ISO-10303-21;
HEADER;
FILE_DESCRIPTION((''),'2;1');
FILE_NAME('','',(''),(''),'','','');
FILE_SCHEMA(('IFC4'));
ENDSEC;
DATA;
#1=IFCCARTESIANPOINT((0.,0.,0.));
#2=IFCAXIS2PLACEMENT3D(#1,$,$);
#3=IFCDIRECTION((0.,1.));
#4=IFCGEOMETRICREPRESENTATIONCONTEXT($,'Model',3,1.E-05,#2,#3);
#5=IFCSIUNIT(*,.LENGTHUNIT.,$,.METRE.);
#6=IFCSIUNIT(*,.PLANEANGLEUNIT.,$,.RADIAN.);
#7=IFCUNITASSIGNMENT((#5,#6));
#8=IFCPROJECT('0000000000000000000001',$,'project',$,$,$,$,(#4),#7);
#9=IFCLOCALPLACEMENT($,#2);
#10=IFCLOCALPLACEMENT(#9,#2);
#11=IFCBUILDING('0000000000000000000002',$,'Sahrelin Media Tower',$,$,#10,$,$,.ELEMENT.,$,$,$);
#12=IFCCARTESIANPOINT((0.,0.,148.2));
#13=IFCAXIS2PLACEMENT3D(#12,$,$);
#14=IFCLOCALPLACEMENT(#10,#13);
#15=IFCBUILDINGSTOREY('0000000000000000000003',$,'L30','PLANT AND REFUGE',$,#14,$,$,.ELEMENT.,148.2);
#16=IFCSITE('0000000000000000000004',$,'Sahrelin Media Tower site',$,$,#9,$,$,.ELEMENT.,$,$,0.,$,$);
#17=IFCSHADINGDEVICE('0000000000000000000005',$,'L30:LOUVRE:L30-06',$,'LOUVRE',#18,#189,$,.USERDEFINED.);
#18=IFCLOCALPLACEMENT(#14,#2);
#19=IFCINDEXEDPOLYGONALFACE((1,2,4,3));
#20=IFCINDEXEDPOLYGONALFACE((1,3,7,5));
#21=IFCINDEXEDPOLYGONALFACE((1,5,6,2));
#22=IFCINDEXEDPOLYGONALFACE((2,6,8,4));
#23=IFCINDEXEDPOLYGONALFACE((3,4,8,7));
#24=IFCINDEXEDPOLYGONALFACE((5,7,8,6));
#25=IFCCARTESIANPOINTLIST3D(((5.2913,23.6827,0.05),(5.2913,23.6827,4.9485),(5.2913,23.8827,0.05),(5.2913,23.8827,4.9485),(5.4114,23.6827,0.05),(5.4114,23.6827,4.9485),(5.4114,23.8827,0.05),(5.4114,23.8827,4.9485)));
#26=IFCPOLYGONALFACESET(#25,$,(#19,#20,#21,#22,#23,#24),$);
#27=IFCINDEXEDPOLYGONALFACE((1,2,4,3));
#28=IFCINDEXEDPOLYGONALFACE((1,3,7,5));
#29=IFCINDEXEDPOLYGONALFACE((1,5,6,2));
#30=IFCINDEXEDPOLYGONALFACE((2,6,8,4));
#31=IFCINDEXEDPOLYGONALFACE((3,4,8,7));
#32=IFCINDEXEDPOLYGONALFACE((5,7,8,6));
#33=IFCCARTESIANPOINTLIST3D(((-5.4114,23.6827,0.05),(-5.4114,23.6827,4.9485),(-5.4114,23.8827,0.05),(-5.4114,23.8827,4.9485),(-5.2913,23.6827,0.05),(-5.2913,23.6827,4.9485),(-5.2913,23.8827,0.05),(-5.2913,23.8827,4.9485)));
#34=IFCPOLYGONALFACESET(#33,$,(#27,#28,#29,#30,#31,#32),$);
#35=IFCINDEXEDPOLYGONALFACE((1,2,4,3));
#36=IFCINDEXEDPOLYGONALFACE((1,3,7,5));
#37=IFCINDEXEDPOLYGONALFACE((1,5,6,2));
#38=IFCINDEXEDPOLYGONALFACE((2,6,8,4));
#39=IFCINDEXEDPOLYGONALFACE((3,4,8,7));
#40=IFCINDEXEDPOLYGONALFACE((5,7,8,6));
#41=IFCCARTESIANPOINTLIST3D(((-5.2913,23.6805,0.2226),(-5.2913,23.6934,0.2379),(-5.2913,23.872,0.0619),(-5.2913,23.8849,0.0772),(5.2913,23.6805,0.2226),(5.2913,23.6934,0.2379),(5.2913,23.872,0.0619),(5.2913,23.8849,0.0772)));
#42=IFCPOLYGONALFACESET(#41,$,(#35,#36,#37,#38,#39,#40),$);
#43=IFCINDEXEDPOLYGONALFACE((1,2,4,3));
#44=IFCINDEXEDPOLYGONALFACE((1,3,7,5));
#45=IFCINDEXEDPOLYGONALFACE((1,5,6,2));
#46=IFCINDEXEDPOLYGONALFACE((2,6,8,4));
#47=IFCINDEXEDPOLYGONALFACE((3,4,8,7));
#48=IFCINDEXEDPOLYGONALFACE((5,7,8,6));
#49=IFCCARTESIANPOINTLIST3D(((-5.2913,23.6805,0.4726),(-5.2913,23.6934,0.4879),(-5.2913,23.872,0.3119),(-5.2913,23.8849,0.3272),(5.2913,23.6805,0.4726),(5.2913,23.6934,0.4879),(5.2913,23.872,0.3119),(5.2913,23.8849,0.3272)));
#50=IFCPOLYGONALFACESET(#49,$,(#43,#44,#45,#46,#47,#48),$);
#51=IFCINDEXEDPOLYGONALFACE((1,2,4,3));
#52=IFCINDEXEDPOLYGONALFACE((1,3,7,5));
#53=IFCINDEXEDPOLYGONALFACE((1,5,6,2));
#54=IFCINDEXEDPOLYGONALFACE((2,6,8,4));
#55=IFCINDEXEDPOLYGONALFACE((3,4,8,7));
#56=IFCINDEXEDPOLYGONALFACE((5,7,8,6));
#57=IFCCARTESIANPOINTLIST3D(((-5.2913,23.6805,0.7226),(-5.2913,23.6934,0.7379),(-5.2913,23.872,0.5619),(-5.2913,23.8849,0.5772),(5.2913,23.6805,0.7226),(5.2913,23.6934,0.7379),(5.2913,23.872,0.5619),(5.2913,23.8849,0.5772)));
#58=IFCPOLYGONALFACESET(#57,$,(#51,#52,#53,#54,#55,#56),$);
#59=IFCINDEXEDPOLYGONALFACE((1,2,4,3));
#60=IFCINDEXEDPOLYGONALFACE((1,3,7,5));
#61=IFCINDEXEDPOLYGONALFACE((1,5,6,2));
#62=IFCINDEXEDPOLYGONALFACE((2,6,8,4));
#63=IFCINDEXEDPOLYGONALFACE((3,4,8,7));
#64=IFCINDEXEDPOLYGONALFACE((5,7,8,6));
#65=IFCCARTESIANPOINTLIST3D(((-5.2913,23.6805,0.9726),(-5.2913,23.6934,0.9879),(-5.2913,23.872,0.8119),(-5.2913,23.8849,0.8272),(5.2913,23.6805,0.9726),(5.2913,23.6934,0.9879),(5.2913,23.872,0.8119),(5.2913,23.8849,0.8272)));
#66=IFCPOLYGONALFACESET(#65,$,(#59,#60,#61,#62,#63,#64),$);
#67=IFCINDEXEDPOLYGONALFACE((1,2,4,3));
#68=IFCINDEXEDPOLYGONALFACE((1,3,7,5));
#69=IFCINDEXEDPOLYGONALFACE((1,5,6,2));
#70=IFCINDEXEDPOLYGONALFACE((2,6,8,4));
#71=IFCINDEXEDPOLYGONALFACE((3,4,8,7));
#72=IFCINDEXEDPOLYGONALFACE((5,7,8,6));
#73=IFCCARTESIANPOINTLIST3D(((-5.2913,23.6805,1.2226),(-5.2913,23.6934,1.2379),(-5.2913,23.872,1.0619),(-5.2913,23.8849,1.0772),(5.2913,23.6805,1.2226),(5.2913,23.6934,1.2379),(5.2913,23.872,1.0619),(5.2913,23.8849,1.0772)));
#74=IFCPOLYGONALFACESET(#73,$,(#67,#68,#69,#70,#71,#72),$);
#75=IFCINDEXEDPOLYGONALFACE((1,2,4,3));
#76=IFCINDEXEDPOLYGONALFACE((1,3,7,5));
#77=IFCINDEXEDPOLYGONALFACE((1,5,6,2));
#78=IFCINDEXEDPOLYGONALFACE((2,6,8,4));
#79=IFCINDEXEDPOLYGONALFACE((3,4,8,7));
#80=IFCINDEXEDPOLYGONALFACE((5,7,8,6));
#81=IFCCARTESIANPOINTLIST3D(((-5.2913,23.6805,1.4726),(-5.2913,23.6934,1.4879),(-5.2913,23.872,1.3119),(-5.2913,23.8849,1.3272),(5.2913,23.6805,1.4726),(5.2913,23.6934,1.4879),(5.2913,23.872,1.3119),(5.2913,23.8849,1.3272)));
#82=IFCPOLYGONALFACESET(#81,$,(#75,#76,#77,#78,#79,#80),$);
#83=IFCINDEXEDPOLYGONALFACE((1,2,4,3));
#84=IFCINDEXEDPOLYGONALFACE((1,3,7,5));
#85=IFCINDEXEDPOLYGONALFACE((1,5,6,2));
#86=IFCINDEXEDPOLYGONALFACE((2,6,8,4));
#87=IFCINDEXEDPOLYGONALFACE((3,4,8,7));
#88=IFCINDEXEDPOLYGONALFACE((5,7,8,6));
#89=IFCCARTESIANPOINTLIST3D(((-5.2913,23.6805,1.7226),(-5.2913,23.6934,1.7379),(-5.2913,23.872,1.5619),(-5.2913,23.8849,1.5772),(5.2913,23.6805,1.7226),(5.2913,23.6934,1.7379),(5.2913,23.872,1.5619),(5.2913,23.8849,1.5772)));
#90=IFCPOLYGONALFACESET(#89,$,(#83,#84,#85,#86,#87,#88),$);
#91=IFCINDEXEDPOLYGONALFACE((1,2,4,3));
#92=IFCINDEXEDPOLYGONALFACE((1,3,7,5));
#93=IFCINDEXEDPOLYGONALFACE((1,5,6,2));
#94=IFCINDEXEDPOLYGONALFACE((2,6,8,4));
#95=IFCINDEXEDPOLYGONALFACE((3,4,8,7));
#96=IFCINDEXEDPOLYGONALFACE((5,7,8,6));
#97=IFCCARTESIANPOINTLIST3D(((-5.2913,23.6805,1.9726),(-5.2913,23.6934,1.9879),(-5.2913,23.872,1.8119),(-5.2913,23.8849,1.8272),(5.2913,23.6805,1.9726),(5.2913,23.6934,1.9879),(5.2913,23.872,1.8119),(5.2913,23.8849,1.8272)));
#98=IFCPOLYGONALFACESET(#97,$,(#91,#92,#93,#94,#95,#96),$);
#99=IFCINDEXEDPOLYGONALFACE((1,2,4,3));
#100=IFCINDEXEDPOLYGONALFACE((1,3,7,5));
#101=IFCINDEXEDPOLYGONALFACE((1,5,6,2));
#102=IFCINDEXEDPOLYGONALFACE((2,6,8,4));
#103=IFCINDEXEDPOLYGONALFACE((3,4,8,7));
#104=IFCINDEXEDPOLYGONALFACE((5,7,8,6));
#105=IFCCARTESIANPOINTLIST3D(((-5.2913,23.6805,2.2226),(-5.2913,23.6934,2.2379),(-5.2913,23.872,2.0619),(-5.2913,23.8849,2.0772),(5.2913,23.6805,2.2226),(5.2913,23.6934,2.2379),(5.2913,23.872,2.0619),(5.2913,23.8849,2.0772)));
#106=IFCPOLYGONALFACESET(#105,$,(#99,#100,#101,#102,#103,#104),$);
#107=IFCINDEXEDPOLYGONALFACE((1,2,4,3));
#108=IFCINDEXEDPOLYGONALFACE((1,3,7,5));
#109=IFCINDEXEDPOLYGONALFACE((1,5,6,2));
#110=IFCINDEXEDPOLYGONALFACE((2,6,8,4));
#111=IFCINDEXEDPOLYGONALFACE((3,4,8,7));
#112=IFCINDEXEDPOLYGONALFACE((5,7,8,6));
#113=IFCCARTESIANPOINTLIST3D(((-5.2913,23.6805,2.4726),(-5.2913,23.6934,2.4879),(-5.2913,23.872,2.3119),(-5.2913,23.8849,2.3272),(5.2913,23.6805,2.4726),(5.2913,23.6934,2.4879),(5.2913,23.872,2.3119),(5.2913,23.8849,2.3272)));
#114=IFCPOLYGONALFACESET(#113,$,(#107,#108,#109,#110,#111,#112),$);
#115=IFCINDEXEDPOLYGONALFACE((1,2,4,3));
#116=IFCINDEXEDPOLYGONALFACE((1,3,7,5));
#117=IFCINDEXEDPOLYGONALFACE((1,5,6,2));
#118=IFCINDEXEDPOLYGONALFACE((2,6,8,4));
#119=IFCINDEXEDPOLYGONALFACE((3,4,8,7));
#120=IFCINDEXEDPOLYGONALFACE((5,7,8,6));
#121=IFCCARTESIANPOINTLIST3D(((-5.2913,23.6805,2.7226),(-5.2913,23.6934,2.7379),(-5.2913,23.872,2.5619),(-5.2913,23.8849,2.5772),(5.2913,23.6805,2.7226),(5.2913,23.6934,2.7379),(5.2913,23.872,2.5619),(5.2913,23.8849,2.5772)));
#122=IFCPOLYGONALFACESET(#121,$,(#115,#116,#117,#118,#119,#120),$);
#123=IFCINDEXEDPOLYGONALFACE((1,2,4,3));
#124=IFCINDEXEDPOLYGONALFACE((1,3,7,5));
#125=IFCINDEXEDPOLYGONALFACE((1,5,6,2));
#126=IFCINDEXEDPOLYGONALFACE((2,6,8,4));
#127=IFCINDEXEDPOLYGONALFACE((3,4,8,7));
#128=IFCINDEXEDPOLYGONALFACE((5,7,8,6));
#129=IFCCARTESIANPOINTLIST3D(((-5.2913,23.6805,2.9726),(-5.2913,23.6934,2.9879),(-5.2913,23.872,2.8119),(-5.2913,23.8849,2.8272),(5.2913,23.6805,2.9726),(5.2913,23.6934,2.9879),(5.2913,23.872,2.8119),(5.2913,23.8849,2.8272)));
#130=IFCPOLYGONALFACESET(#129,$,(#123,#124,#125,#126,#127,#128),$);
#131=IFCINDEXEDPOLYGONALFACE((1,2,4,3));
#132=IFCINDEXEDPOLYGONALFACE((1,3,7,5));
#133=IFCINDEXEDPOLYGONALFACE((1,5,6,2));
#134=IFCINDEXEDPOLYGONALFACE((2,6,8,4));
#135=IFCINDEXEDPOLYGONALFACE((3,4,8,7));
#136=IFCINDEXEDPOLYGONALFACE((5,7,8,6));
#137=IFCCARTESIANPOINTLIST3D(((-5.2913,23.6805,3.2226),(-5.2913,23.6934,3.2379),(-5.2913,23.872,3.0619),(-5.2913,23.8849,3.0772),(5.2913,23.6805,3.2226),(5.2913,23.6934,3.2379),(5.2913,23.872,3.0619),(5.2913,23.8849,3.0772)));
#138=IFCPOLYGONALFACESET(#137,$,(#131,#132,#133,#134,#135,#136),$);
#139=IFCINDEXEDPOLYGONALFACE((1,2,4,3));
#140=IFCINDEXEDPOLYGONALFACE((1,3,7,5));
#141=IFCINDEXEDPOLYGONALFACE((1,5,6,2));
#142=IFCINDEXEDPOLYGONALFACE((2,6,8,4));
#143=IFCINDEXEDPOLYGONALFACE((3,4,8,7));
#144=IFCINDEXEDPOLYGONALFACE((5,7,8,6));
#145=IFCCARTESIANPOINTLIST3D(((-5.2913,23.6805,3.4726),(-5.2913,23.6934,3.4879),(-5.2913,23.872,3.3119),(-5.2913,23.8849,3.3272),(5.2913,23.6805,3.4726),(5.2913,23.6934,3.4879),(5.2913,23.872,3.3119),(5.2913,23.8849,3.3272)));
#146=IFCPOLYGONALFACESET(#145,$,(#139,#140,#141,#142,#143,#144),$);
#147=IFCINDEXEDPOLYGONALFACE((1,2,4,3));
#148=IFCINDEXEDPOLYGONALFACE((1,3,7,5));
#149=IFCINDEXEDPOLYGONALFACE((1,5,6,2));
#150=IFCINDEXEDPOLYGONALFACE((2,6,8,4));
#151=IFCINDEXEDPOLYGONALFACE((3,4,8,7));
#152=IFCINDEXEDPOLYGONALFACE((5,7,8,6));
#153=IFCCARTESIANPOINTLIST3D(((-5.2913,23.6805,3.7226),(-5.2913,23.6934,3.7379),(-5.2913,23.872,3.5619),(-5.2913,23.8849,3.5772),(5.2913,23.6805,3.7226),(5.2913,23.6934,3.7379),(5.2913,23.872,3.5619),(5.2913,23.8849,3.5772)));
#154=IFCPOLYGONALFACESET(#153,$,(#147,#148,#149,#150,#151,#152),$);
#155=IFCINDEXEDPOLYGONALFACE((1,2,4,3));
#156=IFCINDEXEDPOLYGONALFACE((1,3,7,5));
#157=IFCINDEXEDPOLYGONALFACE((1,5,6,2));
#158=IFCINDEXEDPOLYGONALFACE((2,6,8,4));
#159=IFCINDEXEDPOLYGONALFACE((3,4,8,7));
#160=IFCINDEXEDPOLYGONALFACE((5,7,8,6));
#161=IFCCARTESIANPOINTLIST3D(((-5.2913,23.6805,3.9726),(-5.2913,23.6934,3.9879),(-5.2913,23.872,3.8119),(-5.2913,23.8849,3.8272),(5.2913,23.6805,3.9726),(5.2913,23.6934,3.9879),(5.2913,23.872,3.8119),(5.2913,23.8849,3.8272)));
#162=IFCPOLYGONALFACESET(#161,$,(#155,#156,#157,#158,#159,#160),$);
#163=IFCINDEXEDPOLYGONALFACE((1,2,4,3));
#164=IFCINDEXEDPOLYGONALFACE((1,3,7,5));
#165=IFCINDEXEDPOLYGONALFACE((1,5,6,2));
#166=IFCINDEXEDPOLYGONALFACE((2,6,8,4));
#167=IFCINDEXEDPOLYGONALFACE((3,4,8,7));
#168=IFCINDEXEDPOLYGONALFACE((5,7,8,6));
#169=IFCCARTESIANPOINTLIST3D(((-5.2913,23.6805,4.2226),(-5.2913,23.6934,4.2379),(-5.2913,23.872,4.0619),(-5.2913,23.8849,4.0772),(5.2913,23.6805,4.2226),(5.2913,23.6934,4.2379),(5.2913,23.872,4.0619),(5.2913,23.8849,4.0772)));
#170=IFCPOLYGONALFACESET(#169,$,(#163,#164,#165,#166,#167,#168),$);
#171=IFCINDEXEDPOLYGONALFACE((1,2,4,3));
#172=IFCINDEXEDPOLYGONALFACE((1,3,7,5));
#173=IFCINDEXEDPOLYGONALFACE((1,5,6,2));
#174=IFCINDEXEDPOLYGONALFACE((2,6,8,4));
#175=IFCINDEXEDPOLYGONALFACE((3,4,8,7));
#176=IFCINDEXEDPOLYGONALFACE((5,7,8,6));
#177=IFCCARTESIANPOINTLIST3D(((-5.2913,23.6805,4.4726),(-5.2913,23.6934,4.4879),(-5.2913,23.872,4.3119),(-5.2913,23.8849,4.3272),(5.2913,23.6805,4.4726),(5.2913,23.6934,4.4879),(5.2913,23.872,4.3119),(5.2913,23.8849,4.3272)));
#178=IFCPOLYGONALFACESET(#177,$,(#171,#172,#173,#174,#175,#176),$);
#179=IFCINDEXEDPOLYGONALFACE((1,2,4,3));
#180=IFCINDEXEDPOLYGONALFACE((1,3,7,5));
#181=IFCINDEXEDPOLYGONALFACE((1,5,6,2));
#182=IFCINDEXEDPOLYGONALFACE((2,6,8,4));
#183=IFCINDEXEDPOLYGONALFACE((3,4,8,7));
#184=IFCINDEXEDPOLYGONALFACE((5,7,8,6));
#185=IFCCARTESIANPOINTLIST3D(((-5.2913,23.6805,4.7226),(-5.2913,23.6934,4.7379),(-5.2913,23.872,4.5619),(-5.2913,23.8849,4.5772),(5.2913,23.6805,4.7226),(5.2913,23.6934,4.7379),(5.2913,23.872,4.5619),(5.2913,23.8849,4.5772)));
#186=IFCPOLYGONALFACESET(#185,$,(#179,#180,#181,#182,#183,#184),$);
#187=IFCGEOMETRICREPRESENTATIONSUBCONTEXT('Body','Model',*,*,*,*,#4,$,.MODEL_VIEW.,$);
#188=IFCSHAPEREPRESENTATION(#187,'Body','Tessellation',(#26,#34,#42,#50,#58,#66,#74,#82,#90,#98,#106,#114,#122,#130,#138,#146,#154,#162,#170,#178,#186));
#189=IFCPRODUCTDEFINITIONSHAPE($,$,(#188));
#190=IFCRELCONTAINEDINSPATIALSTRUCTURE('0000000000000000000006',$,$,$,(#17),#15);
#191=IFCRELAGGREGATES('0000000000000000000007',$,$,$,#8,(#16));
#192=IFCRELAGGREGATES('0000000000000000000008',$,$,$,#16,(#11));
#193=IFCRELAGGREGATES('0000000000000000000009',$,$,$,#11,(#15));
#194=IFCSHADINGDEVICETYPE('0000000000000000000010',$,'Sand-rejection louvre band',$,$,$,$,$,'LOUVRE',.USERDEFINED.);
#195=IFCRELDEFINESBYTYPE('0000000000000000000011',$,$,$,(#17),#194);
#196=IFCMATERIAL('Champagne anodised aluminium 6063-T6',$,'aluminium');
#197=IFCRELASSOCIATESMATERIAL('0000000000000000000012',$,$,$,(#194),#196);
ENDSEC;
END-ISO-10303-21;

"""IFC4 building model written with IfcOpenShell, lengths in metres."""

from ifc_helpers import new_model, si_unit, direction, frame, origin, origin_2d, place, context, subcontext, project, spatial, rectangle, extrude, material, type_object, element, save


model = new_model("IFC4")

# Units and contexts
model_context = context("Model", 3, precision=1e-05, world=origin(), true_north=direction((0.0, 1.0)))
body_context = subcontext(model_context, "Body", "Model", "MODEL_VIEW")
ifc_project = project(units=[si_unit("LENGTHUNIT", "METRE"), si_unit("PLANEANGLEUNIT", "RADIAN")], contexts=[model_context])

# Site, building, storey
site_placement = place(None, origin())
site = spatial("IfcSite", under=ifc_project, at=site_placement, Name="Sahrelin Media Tower site", CompositionType="ELEMENT", RefElevation=0.0)
building_placement = place(site_placement, origin())
building = spatial("IfcBuilding", under=site, at=building_placement, Name="Sahrelin Media Tower", CompositionType="ELEMENT")
storey_placement = place(building_placement, frame((0.0, 0.0, 148.2)))
storey = spatial("IfcBuildingStorey", under=building, at=storey_placement, Name="L30", Description="PLANT AND REFUGE", CompositionType="ELEMENT", Elevation=148.2)

# Shading device
ifc_material_1 = material(Name="Champagne anodised aluminium 6063-T6", Category="aluminium")
shading_device_type = type_object("IfcShadingDeviceType", Name="Sand-rejection louvre band", ElementType="LOUVRE", PredefinedType="USERDEFINED", material=ifc_material_1)
shading_device_1_placement = place(storey_placement, frame((0.0, 23.6826, 0.0), z_axis=(0.0, 0.0, 1.0), x_axis=(1.0, 0.0, 0.0)))
element("IfcShadingDevice", 1, at=shading_device_1_placement, inside=storey, type_object=shading_device_type, Name="L30:LOUVRE:L30-06", ObjectType="LOUVRE", PredefinedType="USERDEFINED", context=body_context, shape_type="SweptSolid", body=[
    extrude(rectangle(XDim=0.1201, YDim=0.2, at=origin_2d()), frame((5.3513, 0.1001, 0.05), z_axis=(0.0, 0.0, 1.0), x_axis=(1.0, 0.0, 0.0)), (0.0, 0.0, 1.0), 4.8984),
    extrude(rectangle(XDim=0.1201, YDim=0.2, at=origin_2d()), frame((-5.3513, 0.1001, 0.05), z_axis=(0.0, 0.0, 1.0), x_axis=(1.0, 0.0, 0.0)), (0.0, 0.0, 1.0), 4.8984),
    extrude(rectangle(XDim=0.25, YDim=0.02, at=origin_2d()), frame((5.2913, 0.1001, 0.1499), z_axis=(-1.0, 0.0, 0.0), x_axis=(0.0, -0.766044, 0.642788)), (0.0, 0.0, 1.0), 10.5825),
    extrude(rectangle(XDim=0.25, YDim=0.02, at=origin_2d()), frame((5.2913, 0.1001, 0.3999), z_axis=(-1.0, 0.0, 0.0), x_axis=(0.0, -0.766044, 0.642788)), (0.0, 0.0, 1.0), 10.5825),
    extrude(rectangle(XDim=0.25, YDim=0.02, at=origin_2d()), frame((5.2913, 0.1001, 0.6499), z_axis=(-1.0, 0.0, 0.0), x_axis=(0.0, -0.766044, 0.642788)), (0.0, 0.0, 1.0), 10.5825),
    extrude(rectangle(XDim=0.25, YDim=0.02, at=origin_2d()), frame((5.2913, 0.1001, 0.8999), z_axis=(-1.0, 0.0, 0.0), x_axis=(0.0, -0.766044, 0.642788)), (0.0, 0.0, 1.0), 10.5825),
    extrude(rectangle(XDim=0.25, YDim=0.02, at=origin_2d()), frame((5.2913, 0.1001, 1.1499), z_axis=(-1.0, 0.0, 0.0), x_axis=(0.0, -0.766044, 0.642788)), (0.0, 0.0, 1.0), 10.5825),
    extrude(rectangle(XDim=0.25, YDim=0.02, at=origin_2d()), frame((5.2913, 0.1001, 1.3999), z_axis=(-1.0, 0.0, 0.0), x_axis=(0.0, -0.766044, 0.642788)), (0.0, 0.0, 1.0), 10.5825),
    extrude(rectangle(XDim=0.25, YDim=0.02, at=origin_2d()), frame((5.2913, 0.1001, 1.6499), z_axis=(-1.0, 0.0, 0.0), x_axis=(0.0, -0.766044, 0.642788)), (0.0, 0.0, 1.0), 10.5825),
    extrude(rectangle(XDim=0.25, YDim=0.02, at=origin_2d()), frame((5.2913, 0.1001, 1.8999), z_axis=(-1.0, 0.0, 0.0), x_axis=(0.0, -0.766044, 0.642788)), (0.0, 0.0, 1.0), 10.5825),
    extrude(rectangle(XDim=0.25, YDim=0.02, at=origin_2d()), frame((5.2913, 0.1001, 2.1499), z_axis=(-1.0, 0.0, 0.0), x_axis=(0.0, -0.766044, 0.642788)), (0.0, 0.0, 1.0), 10.5825),
    extrude(rectangle(XDim=0.25, YDim=0.02, at=origin_2d()), frame((5.2913, 0.1001, 2.3999), z_axis=(-1.0, 0.0, 0.0), x_axis=(0.0, -0.766044, 0.642788)), (0.0, 0.0, 1.0), 10.5825),
    extrude(rectangle(XDim=0.25, YDim=0.02, at=origin_2d()), frame((5.2913, 0.1001, 2.6499), z_axis=(-1.0, 0.0, 0.0), x_axis=(0.0, -0.766044, 0.642788)), (0.0, 0.0, 1.0), 10.5825),
    extrude(rectangle(XDim=0.25, YDim=0.02, at=origin_2d()), frame((5.2913, 0.1001, 2.8999), z_axis=(-1.0, 0.0, 0.0), x_axis=(0.0, -0.766044, 0.642788)), (0.0, 0.0, 1.0), 10.5825),
    extrude(rectangle(XDim=0.25, YDim=0.02, at=origin_2d()), frame((5.2913, 0.1001, 3.1499), z_axis=(-1.0, 0.0, 0.0), x_axis=(0.0, -0.766044, 0.642788)), (0.0, 0.0, 1.0), 10.5825),
    extrude(rectangle(XDim=0.25, YDim=0.02, at=origin_2d()), frame((5.2913, 0.1001, 3.3999), z_axis=(-1.0, 0.0, 0.0), x_axis=(0.0, -0.766044, 0.642788)), (0.0, 0.0, 1.0), 10.5825),
    extrude(rectangle(XDim=0.25, YDim=0.02, at=origin_2d()), frame((5.2913, 0.1001, 3.6499), z_axis=(-1.0, 0.0, 0.0), x_axis=(0.0, -0.766044, 0.642788)), (0.0, 0.0, 1.0), 10.5825),
    extrude(rectangle(XDim=0.25, YDim=0.02, at=origin_2d()), frame((5.2913, 0.1001, 3.8999), z_axis=(-1.0, 0.0, 0.0), x_axis=(0.0, -0.766044, 0.642788)), (0.0, 0.0, 1.0), 10.5825),
    extrude(rectangle(XDim=0.25, YDim=0.02, at=origin_2d()), frame((5.2913, 0.1001, 4.1499), z_axis=(-1.0, 0.0, 0.0), x_axis=(0.0, -0.766044, 0.642788)), (0.0, 0.0, 1.0), 10.5825),
    extrude(rectangle(XDim=0.25, YDim=0.02, at=origin_2d()), frame((5.2913, 0.1001, 4.3999), z_axis=(-1.0, 0.0, 0.0), x_axis=(0.0, -0.766044, 0.642788)), (0.0, 0.0, 1.0), 10.5825),
    extrude(rectangle(XDim=0.25, YDim=0.02, at=origin_2d()), frame((5.2913, 0.1001, 4.6499), z_axis=(-1.0, 0.0, 0.0), x_axis=(0.0, -0.766044, 0.642788)), (0.0, 0.0, 1.0), 10.5825),
])

save(model, "model.ifc")
